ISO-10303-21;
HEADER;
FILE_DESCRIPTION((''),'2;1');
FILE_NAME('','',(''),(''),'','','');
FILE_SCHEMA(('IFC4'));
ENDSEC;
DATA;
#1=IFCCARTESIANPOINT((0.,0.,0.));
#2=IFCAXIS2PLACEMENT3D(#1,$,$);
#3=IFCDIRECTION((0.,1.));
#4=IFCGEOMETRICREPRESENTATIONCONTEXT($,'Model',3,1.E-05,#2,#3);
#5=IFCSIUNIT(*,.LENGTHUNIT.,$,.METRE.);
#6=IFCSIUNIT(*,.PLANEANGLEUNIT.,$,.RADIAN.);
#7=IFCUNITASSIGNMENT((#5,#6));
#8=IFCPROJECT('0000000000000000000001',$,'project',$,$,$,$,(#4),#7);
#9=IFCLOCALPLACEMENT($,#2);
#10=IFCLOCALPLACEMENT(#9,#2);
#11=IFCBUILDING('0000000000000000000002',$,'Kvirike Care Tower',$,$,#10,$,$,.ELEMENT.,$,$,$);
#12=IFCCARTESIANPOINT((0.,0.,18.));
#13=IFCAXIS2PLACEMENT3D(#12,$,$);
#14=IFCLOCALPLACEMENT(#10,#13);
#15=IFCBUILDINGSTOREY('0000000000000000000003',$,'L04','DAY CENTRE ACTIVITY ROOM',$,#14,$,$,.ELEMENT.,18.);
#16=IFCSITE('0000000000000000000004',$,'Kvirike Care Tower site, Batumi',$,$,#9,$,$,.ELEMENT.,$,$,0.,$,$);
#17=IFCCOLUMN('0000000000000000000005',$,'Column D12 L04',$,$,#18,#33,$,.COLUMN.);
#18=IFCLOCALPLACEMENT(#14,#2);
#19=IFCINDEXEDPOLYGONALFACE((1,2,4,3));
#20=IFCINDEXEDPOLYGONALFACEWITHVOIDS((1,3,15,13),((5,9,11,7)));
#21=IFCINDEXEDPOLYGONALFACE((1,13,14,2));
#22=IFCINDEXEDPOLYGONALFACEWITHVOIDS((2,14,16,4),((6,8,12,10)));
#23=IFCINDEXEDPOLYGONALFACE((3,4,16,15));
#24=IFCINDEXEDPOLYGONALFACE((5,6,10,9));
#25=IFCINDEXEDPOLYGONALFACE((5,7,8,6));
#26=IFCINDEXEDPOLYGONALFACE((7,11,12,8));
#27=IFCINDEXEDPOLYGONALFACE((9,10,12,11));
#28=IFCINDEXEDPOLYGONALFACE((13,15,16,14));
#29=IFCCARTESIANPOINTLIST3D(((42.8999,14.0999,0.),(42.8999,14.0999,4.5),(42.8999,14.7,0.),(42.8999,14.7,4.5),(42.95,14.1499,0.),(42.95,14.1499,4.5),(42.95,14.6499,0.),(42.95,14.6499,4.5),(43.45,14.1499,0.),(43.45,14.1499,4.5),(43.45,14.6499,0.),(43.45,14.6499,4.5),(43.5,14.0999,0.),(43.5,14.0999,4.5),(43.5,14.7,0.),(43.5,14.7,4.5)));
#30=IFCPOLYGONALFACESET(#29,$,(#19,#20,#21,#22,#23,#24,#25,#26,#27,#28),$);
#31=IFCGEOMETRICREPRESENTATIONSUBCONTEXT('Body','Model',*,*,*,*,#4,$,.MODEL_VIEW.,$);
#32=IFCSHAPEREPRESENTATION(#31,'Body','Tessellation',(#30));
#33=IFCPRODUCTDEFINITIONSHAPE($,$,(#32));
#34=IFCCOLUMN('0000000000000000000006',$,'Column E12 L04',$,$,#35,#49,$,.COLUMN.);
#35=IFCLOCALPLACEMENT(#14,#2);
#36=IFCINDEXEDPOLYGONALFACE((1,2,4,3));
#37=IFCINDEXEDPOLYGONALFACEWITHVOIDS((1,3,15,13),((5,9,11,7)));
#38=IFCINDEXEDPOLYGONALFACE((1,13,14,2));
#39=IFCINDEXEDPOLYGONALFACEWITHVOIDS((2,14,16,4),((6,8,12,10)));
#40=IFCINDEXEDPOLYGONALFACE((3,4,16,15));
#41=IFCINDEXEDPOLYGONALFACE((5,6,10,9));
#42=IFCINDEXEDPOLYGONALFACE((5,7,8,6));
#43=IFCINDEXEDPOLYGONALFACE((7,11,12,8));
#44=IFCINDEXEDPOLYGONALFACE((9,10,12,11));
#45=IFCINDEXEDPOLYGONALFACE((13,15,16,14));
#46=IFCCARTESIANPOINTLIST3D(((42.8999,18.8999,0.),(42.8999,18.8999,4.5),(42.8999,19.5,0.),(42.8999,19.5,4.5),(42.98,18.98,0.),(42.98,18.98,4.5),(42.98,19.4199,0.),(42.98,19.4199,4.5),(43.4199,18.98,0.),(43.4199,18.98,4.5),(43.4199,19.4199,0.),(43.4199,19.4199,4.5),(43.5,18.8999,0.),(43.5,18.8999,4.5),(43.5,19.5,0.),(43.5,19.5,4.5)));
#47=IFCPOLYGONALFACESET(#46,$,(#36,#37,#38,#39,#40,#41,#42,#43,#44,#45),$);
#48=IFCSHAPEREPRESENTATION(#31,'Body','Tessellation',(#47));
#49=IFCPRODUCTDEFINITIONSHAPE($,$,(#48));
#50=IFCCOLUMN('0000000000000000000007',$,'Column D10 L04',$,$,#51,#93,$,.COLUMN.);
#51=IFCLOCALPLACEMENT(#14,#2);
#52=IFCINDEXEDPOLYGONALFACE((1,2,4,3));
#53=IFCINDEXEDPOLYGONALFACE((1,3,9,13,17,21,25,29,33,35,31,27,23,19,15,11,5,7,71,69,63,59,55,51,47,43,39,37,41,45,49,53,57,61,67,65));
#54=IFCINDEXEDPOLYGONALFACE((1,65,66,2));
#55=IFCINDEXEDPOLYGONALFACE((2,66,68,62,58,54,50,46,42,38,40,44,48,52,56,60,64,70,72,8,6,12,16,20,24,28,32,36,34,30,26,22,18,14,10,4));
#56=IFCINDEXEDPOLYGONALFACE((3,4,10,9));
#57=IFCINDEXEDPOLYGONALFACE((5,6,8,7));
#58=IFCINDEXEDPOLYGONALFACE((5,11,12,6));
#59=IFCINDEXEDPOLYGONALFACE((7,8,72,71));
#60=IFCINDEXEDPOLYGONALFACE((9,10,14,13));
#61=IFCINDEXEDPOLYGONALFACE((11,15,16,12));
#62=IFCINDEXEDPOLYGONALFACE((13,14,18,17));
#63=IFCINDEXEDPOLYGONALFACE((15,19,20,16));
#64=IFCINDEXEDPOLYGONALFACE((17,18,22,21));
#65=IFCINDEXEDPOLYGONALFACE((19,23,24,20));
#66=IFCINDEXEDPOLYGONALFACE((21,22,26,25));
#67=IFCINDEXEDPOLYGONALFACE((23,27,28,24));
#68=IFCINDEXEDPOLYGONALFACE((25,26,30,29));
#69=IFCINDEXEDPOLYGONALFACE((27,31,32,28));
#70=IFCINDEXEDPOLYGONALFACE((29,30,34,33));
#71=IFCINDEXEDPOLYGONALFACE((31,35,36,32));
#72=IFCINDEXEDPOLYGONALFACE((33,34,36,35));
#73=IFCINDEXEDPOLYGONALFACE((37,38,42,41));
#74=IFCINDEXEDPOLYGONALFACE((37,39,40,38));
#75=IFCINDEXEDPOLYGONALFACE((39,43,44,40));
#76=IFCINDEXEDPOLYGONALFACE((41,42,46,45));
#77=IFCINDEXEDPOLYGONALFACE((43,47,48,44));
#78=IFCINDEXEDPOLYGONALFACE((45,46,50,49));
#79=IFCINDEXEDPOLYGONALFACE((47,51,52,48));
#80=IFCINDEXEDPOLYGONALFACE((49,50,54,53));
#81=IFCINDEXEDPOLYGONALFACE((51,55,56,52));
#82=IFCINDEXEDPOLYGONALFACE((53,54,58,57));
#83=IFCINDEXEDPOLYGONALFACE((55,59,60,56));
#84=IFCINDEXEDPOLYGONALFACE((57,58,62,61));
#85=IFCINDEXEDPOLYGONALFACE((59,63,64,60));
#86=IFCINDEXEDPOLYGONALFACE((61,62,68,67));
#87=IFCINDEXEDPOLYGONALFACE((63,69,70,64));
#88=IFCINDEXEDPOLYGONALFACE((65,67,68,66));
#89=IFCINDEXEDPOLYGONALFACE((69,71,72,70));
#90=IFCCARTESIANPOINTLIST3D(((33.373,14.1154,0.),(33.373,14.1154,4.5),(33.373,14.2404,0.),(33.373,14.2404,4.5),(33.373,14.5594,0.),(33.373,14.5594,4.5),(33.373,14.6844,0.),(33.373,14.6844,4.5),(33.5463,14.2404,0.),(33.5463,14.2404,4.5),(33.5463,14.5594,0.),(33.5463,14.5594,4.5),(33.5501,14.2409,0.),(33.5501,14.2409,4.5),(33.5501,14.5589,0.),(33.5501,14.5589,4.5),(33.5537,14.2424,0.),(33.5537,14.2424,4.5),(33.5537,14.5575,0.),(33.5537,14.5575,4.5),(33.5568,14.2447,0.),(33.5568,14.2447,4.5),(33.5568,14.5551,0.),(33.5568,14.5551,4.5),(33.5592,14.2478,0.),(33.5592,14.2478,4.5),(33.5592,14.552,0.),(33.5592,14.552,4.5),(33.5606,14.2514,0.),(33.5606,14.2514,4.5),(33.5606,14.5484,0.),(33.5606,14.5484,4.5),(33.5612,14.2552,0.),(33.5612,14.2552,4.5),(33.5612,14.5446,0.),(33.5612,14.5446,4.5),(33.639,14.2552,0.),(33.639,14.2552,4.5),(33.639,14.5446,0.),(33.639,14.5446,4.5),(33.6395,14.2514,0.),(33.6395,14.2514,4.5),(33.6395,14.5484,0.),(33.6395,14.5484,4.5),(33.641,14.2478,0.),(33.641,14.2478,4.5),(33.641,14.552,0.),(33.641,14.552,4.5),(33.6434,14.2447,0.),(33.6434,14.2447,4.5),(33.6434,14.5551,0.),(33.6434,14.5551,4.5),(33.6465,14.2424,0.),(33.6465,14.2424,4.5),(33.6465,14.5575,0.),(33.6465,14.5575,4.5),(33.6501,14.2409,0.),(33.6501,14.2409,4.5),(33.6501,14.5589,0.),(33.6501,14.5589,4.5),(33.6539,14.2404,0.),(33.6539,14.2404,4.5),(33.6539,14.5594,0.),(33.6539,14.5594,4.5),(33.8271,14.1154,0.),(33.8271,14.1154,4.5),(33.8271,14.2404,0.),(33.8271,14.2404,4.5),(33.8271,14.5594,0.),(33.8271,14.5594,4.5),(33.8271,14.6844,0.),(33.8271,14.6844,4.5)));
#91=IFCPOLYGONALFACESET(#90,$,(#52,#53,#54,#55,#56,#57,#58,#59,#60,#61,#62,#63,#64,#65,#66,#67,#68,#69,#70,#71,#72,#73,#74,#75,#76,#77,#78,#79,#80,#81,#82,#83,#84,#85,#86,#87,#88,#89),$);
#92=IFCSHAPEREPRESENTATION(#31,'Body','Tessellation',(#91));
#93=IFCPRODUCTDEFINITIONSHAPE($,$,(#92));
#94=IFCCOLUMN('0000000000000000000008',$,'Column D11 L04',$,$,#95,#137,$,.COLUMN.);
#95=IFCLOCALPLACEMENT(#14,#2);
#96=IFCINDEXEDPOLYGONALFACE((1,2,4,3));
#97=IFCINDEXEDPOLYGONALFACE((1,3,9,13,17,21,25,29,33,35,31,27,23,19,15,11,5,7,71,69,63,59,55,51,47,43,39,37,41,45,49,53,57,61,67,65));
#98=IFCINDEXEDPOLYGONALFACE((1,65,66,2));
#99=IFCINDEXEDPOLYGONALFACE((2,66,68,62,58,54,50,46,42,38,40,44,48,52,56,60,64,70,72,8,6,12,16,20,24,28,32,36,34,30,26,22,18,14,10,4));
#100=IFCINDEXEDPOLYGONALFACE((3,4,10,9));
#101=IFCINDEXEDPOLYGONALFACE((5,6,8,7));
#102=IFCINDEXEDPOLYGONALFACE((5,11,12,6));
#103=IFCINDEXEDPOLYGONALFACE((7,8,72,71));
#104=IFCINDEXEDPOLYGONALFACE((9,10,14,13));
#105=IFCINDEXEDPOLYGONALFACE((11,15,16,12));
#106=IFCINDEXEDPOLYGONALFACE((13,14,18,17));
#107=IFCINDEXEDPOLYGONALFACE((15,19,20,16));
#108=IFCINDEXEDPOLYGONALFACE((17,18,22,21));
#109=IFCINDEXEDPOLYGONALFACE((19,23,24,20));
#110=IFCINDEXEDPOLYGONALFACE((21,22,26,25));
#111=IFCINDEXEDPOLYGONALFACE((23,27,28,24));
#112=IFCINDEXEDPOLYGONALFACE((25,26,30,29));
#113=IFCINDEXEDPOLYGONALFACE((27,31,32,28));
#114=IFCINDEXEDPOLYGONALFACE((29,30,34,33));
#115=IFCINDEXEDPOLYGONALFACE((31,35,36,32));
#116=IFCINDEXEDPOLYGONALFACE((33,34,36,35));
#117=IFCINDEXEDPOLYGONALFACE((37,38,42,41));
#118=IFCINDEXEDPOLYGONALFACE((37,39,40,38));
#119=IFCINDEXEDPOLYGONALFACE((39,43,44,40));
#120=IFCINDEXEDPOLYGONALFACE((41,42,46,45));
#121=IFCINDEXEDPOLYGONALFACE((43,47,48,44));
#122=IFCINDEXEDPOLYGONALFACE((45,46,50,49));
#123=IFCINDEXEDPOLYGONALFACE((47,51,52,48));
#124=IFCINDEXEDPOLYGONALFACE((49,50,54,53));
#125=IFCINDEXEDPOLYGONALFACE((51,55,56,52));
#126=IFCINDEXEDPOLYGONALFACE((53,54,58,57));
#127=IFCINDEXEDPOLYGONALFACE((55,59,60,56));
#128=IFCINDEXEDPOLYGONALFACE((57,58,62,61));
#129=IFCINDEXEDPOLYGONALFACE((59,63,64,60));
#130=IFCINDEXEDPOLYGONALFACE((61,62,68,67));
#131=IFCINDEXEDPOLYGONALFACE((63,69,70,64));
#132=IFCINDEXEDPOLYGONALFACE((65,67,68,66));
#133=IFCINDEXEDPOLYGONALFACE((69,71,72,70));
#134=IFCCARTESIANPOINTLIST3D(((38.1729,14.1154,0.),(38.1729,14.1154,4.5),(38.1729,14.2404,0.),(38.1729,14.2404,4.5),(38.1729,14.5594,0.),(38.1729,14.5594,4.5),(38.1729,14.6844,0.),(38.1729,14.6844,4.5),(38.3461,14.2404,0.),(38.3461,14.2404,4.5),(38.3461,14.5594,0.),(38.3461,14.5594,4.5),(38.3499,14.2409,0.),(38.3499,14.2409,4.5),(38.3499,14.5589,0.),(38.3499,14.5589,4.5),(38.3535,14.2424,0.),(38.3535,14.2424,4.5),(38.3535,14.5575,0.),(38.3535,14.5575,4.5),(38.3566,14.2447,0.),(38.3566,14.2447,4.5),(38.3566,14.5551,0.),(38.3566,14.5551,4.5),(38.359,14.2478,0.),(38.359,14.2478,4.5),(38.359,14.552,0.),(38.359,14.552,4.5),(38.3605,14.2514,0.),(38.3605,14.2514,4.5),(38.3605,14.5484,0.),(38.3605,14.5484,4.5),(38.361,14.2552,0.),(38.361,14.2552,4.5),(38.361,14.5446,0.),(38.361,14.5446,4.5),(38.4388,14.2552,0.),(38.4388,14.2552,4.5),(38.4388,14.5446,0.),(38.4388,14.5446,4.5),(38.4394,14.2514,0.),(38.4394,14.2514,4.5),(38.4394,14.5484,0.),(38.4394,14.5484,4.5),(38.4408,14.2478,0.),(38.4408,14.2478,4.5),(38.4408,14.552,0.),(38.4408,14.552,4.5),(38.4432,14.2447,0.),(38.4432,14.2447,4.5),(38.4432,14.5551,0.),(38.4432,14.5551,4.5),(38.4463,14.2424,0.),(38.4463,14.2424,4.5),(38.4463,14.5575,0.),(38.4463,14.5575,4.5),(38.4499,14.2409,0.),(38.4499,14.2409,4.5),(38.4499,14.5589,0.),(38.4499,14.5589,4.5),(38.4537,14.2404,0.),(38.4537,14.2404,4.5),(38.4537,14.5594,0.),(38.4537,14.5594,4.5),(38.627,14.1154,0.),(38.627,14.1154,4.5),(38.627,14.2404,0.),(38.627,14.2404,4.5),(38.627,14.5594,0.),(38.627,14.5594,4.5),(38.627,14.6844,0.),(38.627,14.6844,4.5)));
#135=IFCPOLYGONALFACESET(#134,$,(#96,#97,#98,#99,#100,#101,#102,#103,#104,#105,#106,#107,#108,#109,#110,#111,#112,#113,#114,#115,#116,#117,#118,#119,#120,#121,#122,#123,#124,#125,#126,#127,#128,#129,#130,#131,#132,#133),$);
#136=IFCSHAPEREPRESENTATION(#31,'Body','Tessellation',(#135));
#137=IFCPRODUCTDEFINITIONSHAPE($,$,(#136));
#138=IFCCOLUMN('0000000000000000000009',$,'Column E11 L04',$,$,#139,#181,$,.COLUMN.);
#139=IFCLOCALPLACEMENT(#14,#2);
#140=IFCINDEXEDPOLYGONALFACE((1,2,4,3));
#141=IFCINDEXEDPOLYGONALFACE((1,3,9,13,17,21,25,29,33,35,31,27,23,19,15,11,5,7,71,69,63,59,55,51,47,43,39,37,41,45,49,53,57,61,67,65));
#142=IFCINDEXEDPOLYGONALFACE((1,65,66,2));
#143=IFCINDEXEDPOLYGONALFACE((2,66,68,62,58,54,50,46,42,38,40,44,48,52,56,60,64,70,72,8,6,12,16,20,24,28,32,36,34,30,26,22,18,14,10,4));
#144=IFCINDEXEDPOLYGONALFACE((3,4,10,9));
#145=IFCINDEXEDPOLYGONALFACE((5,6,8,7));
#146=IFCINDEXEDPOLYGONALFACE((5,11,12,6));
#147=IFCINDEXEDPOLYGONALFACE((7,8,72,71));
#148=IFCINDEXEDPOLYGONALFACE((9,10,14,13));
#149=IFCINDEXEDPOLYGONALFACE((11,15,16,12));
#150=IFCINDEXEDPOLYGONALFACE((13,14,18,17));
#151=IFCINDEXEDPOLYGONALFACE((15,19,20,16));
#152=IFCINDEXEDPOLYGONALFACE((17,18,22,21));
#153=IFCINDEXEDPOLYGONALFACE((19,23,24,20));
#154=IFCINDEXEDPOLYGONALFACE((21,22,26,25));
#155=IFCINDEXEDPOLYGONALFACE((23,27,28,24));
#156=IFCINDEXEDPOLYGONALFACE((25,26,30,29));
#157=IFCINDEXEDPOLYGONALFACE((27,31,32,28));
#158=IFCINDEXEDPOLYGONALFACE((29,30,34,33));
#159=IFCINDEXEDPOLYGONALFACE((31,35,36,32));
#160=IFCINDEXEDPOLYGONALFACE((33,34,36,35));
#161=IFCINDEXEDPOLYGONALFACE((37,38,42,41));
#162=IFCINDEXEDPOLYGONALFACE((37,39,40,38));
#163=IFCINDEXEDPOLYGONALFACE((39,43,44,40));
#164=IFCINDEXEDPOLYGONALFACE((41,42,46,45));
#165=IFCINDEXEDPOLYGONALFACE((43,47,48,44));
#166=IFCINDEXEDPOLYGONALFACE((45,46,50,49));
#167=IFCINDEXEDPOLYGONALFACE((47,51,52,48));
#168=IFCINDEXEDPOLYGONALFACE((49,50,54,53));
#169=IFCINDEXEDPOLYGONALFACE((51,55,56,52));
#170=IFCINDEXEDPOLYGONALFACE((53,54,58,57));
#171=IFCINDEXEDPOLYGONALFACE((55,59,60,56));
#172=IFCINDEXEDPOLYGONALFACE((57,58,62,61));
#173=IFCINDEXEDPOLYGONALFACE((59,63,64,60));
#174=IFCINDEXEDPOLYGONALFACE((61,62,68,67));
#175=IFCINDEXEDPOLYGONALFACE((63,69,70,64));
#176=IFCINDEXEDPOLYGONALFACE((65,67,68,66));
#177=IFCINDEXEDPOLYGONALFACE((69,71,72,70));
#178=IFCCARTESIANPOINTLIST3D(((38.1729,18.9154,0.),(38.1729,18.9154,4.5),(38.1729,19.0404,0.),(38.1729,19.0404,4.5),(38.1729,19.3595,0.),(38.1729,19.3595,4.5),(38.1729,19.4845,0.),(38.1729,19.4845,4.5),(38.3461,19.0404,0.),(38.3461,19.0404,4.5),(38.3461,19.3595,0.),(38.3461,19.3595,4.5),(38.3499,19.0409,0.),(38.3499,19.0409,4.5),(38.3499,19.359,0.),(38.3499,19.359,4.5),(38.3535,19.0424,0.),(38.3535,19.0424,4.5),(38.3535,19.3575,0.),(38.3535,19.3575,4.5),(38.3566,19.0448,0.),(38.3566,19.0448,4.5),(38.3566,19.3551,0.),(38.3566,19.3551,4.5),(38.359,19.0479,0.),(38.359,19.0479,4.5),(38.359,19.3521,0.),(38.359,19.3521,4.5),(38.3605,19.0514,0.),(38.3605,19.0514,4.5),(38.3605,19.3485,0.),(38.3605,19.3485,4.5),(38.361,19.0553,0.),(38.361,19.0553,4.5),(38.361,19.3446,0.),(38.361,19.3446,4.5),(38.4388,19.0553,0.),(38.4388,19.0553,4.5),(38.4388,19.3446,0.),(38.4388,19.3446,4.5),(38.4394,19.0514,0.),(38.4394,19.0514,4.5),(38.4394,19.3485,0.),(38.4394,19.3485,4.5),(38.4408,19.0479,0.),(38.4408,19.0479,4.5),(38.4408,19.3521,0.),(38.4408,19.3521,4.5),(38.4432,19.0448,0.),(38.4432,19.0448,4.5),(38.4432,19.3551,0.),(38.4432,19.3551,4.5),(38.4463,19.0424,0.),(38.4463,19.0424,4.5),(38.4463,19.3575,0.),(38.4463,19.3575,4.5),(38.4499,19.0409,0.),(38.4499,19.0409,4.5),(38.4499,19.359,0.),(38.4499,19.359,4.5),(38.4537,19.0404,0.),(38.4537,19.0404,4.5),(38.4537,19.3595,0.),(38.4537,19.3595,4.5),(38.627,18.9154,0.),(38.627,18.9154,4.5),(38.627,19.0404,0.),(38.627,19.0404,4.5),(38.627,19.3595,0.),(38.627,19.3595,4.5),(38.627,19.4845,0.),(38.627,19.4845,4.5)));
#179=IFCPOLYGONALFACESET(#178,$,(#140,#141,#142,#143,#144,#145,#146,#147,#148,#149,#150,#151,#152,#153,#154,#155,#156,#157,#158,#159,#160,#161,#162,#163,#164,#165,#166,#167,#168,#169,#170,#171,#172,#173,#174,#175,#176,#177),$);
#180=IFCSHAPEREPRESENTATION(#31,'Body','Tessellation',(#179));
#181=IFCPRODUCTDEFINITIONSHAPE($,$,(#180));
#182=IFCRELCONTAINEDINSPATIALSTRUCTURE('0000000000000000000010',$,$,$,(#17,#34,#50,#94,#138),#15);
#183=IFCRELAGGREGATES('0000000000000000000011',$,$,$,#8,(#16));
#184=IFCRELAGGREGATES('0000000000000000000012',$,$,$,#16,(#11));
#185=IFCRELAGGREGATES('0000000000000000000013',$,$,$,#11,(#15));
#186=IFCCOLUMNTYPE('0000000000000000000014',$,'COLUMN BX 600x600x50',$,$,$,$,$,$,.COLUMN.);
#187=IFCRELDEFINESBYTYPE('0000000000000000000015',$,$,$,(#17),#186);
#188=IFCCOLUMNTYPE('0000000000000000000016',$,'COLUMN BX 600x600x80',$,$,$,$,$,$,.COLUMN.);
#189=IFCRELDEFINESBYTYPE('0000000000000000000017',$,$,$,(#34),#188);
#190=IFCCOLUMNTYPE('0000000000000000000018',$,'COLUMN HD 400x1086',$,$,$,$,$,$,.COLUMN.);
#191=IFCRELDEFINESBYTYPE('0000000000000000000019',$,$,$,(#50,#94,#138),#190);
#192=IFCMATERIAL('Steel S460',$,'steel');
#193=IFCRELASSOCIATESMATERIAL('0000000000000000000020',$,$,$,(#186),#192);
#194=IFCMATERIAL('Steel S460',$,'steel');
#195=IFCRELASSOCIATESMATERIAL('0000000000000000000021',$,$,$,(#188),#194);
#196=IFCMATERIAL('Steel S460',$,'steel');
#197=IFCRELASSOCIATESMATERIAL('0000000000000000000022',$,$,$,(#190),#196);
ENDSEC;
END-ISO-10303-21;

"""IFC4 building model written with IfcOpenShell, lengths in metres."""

from ifc_helpers import new_model, si_unit, direction, frame, origin, origin_2d, place, context, subcontext, project, spatial, hollow_rectangle, i_section, extrude, material, material_profile, profile_set, type_object, element, save


model = new_model("IFC4")

# Units and contexts
model_context = context("Model", 3, precision=1e-05, world=origin(), true_north=direction((0.0, 1.0)))
body_context = subcontext(model_context, "Body", "Model", "MODEL_VIEW")
ifc_project = project(units=[si_unit("LENGTHUNIT", "METRE"), si_unit("PLANEANGLEUNIT", "RADIAN")], contexts=[model_context])

# Site, building, storey
site_placement = place(None, origin())
site = spatial("IfcSite", under=ifc_project, at=site_placement, Name="Kvirike Care Tower site, Batumi", CompositionType="ELEMENT", RefElevation=0.0)
building_placement = place(site_placement, origin())
building = spatial("IfcBuilding", under=site, at=building_placement, Name="Kvirike Care Tower", CompositionType="ELEMENT")
storey_placement = place(building_placement, frame((0.0, 0.0, 18.0)))
storey = spatial("IfcBuildingStorey", under=building, at=storey_placement, Name="L04", Description="DAY CENTRE ACTIVITY ROOM", CompositionType="ELEMENT", Elevation=18.0)

# Columns
ifc_material_1 = material(Name="Steel S460", Category="steel")
ifc_material_profile_1 = material_profile(ifc_material_1, hollow_rectangle(XDim=0.6001, YDim=0.6001, WallThickness=0.05, at=origin_2d()), Name="BX 600x600x50")
ifc_profile_set_1 = profile_set([ifc_material_profile_1], Name="Steel S460")
column_type_1 = type_object("IfcColumnType", Name="COLUMN BX 600x600x50", PredefinedType="COLUMN", material=ifc_profile_set_1)
column_1_placement = place(storey_placement, frame((43.2, 14.3999, 0.0), z_axis=(0.0, 0.0, 1.0), x_axis=(0.0, 1.0, 0.0)))
element("IfcColumn", 1, at=column_1_placement, inside=storey, type_object=column_type_1, Name="Column D12 L04", PredefinedType="COLUMN", context=body_context, shape_type="SweptSolid", body=[
    extrude(hollow_rectangle(XDim=0.6001, YDim=0.6001, WallThickness=0.05, at=origin_2d()), origin(), (0.0, 0.0, 1.0), 4.5),
])
ifc_material_2 = material(Name="Steel S460", Category="steel")
ifc_material_profile_2 = material_profile(ifc_material_2, hollow_rectangle(XDim=0.6001, YDim=0.6001, WallThickness=0.0801, at=origin_2d()), Name="BX 600x600x80")
ifc_profile_set_2 = profile_set([ifc_material_profile_2], Name="Steel S460")
column_type_2 = type_object("IfcColumnType", Name="COLUMN BX 600x600x80", PredefinedType="COLUMN", material=ifc_profile_set_2)
column_2_placement = place(storey_placement, frame((43.2, 19.2, 0.0), z_axis=(0.0, 0.0, 1.0), x_axis=(1.0, 0.0, 0.0)))
element("IfcColumn", 2, at=column_2_placement, inside=storey, type_object=column_type_2, Name="Column E12 L04", PredefinedType="COLUMN", context=body_context, shape_type="SweptSolid", body=[
    extrude(hollow_rectangle(XDim=0.6001, YDim=0.6001, WallThickness=0.0801, at=origin_2d()), origin(), (0.0, 0.0, 1.0), 4.5),
])
ifc_material_3 = material(Name="Steel S460", Category="steel")
ifc_material_profile_3 = material_profile(ifc_material_3, i_section(OverallWidth=0.4541, OverallDepth=0.5691, WebThickness=0.0779, FlangeThickness=0.125, FilletRadius=0.0149, at=origin_2d()), Name="HD 400x1086")
ifc_profile_set_3 = profile_set([ifc_material_profile_3], Name="Steel S460")
column_type_3 = type_object("IfcColumnType", Name="COLUMN HD 400x1086", PredefinedType="COLUMN", material=ifc_profile_set_3)
for number, where, z_axis, x_axis, name in (
    (3, (33.6001, 14.3999, 0.0), (0.0, 0.0, 1.0), (1.0, 0.0, 0.0), "Column D10 L04"),
    (4, (38.3999, 14.3999, 0.0), (0.0, 0.0, 1.0), (1.0, 0.0, 0.0), "Column D11 L04"),
    (5, (38.3999, 19.2, 0.0), (0.0, 0.0, 1.0), (1.0, 0.0, 0.0), "Column E11 L04"),
):
    element("IfcColumn", number, at=place(storey_placement, frame(where, z_axis=z_axis, x_axis=x_axis)), inside=storey, type_object=column_type_3, Name=name, PredefinedType="COLUMN", context=body_context, shape_type="SweptSolid", body=[
        extrude(i_section(OverallWidth=0.4541, OverallDepth=0.5691, WebThickness=0.0779, FlangeThickness=0.125, FilletRadius=0.0149, at=origin_2d()), origin(), (0.0, 0.0, 1.0), 4.5),
    ])

save(model, "model.ifc")
